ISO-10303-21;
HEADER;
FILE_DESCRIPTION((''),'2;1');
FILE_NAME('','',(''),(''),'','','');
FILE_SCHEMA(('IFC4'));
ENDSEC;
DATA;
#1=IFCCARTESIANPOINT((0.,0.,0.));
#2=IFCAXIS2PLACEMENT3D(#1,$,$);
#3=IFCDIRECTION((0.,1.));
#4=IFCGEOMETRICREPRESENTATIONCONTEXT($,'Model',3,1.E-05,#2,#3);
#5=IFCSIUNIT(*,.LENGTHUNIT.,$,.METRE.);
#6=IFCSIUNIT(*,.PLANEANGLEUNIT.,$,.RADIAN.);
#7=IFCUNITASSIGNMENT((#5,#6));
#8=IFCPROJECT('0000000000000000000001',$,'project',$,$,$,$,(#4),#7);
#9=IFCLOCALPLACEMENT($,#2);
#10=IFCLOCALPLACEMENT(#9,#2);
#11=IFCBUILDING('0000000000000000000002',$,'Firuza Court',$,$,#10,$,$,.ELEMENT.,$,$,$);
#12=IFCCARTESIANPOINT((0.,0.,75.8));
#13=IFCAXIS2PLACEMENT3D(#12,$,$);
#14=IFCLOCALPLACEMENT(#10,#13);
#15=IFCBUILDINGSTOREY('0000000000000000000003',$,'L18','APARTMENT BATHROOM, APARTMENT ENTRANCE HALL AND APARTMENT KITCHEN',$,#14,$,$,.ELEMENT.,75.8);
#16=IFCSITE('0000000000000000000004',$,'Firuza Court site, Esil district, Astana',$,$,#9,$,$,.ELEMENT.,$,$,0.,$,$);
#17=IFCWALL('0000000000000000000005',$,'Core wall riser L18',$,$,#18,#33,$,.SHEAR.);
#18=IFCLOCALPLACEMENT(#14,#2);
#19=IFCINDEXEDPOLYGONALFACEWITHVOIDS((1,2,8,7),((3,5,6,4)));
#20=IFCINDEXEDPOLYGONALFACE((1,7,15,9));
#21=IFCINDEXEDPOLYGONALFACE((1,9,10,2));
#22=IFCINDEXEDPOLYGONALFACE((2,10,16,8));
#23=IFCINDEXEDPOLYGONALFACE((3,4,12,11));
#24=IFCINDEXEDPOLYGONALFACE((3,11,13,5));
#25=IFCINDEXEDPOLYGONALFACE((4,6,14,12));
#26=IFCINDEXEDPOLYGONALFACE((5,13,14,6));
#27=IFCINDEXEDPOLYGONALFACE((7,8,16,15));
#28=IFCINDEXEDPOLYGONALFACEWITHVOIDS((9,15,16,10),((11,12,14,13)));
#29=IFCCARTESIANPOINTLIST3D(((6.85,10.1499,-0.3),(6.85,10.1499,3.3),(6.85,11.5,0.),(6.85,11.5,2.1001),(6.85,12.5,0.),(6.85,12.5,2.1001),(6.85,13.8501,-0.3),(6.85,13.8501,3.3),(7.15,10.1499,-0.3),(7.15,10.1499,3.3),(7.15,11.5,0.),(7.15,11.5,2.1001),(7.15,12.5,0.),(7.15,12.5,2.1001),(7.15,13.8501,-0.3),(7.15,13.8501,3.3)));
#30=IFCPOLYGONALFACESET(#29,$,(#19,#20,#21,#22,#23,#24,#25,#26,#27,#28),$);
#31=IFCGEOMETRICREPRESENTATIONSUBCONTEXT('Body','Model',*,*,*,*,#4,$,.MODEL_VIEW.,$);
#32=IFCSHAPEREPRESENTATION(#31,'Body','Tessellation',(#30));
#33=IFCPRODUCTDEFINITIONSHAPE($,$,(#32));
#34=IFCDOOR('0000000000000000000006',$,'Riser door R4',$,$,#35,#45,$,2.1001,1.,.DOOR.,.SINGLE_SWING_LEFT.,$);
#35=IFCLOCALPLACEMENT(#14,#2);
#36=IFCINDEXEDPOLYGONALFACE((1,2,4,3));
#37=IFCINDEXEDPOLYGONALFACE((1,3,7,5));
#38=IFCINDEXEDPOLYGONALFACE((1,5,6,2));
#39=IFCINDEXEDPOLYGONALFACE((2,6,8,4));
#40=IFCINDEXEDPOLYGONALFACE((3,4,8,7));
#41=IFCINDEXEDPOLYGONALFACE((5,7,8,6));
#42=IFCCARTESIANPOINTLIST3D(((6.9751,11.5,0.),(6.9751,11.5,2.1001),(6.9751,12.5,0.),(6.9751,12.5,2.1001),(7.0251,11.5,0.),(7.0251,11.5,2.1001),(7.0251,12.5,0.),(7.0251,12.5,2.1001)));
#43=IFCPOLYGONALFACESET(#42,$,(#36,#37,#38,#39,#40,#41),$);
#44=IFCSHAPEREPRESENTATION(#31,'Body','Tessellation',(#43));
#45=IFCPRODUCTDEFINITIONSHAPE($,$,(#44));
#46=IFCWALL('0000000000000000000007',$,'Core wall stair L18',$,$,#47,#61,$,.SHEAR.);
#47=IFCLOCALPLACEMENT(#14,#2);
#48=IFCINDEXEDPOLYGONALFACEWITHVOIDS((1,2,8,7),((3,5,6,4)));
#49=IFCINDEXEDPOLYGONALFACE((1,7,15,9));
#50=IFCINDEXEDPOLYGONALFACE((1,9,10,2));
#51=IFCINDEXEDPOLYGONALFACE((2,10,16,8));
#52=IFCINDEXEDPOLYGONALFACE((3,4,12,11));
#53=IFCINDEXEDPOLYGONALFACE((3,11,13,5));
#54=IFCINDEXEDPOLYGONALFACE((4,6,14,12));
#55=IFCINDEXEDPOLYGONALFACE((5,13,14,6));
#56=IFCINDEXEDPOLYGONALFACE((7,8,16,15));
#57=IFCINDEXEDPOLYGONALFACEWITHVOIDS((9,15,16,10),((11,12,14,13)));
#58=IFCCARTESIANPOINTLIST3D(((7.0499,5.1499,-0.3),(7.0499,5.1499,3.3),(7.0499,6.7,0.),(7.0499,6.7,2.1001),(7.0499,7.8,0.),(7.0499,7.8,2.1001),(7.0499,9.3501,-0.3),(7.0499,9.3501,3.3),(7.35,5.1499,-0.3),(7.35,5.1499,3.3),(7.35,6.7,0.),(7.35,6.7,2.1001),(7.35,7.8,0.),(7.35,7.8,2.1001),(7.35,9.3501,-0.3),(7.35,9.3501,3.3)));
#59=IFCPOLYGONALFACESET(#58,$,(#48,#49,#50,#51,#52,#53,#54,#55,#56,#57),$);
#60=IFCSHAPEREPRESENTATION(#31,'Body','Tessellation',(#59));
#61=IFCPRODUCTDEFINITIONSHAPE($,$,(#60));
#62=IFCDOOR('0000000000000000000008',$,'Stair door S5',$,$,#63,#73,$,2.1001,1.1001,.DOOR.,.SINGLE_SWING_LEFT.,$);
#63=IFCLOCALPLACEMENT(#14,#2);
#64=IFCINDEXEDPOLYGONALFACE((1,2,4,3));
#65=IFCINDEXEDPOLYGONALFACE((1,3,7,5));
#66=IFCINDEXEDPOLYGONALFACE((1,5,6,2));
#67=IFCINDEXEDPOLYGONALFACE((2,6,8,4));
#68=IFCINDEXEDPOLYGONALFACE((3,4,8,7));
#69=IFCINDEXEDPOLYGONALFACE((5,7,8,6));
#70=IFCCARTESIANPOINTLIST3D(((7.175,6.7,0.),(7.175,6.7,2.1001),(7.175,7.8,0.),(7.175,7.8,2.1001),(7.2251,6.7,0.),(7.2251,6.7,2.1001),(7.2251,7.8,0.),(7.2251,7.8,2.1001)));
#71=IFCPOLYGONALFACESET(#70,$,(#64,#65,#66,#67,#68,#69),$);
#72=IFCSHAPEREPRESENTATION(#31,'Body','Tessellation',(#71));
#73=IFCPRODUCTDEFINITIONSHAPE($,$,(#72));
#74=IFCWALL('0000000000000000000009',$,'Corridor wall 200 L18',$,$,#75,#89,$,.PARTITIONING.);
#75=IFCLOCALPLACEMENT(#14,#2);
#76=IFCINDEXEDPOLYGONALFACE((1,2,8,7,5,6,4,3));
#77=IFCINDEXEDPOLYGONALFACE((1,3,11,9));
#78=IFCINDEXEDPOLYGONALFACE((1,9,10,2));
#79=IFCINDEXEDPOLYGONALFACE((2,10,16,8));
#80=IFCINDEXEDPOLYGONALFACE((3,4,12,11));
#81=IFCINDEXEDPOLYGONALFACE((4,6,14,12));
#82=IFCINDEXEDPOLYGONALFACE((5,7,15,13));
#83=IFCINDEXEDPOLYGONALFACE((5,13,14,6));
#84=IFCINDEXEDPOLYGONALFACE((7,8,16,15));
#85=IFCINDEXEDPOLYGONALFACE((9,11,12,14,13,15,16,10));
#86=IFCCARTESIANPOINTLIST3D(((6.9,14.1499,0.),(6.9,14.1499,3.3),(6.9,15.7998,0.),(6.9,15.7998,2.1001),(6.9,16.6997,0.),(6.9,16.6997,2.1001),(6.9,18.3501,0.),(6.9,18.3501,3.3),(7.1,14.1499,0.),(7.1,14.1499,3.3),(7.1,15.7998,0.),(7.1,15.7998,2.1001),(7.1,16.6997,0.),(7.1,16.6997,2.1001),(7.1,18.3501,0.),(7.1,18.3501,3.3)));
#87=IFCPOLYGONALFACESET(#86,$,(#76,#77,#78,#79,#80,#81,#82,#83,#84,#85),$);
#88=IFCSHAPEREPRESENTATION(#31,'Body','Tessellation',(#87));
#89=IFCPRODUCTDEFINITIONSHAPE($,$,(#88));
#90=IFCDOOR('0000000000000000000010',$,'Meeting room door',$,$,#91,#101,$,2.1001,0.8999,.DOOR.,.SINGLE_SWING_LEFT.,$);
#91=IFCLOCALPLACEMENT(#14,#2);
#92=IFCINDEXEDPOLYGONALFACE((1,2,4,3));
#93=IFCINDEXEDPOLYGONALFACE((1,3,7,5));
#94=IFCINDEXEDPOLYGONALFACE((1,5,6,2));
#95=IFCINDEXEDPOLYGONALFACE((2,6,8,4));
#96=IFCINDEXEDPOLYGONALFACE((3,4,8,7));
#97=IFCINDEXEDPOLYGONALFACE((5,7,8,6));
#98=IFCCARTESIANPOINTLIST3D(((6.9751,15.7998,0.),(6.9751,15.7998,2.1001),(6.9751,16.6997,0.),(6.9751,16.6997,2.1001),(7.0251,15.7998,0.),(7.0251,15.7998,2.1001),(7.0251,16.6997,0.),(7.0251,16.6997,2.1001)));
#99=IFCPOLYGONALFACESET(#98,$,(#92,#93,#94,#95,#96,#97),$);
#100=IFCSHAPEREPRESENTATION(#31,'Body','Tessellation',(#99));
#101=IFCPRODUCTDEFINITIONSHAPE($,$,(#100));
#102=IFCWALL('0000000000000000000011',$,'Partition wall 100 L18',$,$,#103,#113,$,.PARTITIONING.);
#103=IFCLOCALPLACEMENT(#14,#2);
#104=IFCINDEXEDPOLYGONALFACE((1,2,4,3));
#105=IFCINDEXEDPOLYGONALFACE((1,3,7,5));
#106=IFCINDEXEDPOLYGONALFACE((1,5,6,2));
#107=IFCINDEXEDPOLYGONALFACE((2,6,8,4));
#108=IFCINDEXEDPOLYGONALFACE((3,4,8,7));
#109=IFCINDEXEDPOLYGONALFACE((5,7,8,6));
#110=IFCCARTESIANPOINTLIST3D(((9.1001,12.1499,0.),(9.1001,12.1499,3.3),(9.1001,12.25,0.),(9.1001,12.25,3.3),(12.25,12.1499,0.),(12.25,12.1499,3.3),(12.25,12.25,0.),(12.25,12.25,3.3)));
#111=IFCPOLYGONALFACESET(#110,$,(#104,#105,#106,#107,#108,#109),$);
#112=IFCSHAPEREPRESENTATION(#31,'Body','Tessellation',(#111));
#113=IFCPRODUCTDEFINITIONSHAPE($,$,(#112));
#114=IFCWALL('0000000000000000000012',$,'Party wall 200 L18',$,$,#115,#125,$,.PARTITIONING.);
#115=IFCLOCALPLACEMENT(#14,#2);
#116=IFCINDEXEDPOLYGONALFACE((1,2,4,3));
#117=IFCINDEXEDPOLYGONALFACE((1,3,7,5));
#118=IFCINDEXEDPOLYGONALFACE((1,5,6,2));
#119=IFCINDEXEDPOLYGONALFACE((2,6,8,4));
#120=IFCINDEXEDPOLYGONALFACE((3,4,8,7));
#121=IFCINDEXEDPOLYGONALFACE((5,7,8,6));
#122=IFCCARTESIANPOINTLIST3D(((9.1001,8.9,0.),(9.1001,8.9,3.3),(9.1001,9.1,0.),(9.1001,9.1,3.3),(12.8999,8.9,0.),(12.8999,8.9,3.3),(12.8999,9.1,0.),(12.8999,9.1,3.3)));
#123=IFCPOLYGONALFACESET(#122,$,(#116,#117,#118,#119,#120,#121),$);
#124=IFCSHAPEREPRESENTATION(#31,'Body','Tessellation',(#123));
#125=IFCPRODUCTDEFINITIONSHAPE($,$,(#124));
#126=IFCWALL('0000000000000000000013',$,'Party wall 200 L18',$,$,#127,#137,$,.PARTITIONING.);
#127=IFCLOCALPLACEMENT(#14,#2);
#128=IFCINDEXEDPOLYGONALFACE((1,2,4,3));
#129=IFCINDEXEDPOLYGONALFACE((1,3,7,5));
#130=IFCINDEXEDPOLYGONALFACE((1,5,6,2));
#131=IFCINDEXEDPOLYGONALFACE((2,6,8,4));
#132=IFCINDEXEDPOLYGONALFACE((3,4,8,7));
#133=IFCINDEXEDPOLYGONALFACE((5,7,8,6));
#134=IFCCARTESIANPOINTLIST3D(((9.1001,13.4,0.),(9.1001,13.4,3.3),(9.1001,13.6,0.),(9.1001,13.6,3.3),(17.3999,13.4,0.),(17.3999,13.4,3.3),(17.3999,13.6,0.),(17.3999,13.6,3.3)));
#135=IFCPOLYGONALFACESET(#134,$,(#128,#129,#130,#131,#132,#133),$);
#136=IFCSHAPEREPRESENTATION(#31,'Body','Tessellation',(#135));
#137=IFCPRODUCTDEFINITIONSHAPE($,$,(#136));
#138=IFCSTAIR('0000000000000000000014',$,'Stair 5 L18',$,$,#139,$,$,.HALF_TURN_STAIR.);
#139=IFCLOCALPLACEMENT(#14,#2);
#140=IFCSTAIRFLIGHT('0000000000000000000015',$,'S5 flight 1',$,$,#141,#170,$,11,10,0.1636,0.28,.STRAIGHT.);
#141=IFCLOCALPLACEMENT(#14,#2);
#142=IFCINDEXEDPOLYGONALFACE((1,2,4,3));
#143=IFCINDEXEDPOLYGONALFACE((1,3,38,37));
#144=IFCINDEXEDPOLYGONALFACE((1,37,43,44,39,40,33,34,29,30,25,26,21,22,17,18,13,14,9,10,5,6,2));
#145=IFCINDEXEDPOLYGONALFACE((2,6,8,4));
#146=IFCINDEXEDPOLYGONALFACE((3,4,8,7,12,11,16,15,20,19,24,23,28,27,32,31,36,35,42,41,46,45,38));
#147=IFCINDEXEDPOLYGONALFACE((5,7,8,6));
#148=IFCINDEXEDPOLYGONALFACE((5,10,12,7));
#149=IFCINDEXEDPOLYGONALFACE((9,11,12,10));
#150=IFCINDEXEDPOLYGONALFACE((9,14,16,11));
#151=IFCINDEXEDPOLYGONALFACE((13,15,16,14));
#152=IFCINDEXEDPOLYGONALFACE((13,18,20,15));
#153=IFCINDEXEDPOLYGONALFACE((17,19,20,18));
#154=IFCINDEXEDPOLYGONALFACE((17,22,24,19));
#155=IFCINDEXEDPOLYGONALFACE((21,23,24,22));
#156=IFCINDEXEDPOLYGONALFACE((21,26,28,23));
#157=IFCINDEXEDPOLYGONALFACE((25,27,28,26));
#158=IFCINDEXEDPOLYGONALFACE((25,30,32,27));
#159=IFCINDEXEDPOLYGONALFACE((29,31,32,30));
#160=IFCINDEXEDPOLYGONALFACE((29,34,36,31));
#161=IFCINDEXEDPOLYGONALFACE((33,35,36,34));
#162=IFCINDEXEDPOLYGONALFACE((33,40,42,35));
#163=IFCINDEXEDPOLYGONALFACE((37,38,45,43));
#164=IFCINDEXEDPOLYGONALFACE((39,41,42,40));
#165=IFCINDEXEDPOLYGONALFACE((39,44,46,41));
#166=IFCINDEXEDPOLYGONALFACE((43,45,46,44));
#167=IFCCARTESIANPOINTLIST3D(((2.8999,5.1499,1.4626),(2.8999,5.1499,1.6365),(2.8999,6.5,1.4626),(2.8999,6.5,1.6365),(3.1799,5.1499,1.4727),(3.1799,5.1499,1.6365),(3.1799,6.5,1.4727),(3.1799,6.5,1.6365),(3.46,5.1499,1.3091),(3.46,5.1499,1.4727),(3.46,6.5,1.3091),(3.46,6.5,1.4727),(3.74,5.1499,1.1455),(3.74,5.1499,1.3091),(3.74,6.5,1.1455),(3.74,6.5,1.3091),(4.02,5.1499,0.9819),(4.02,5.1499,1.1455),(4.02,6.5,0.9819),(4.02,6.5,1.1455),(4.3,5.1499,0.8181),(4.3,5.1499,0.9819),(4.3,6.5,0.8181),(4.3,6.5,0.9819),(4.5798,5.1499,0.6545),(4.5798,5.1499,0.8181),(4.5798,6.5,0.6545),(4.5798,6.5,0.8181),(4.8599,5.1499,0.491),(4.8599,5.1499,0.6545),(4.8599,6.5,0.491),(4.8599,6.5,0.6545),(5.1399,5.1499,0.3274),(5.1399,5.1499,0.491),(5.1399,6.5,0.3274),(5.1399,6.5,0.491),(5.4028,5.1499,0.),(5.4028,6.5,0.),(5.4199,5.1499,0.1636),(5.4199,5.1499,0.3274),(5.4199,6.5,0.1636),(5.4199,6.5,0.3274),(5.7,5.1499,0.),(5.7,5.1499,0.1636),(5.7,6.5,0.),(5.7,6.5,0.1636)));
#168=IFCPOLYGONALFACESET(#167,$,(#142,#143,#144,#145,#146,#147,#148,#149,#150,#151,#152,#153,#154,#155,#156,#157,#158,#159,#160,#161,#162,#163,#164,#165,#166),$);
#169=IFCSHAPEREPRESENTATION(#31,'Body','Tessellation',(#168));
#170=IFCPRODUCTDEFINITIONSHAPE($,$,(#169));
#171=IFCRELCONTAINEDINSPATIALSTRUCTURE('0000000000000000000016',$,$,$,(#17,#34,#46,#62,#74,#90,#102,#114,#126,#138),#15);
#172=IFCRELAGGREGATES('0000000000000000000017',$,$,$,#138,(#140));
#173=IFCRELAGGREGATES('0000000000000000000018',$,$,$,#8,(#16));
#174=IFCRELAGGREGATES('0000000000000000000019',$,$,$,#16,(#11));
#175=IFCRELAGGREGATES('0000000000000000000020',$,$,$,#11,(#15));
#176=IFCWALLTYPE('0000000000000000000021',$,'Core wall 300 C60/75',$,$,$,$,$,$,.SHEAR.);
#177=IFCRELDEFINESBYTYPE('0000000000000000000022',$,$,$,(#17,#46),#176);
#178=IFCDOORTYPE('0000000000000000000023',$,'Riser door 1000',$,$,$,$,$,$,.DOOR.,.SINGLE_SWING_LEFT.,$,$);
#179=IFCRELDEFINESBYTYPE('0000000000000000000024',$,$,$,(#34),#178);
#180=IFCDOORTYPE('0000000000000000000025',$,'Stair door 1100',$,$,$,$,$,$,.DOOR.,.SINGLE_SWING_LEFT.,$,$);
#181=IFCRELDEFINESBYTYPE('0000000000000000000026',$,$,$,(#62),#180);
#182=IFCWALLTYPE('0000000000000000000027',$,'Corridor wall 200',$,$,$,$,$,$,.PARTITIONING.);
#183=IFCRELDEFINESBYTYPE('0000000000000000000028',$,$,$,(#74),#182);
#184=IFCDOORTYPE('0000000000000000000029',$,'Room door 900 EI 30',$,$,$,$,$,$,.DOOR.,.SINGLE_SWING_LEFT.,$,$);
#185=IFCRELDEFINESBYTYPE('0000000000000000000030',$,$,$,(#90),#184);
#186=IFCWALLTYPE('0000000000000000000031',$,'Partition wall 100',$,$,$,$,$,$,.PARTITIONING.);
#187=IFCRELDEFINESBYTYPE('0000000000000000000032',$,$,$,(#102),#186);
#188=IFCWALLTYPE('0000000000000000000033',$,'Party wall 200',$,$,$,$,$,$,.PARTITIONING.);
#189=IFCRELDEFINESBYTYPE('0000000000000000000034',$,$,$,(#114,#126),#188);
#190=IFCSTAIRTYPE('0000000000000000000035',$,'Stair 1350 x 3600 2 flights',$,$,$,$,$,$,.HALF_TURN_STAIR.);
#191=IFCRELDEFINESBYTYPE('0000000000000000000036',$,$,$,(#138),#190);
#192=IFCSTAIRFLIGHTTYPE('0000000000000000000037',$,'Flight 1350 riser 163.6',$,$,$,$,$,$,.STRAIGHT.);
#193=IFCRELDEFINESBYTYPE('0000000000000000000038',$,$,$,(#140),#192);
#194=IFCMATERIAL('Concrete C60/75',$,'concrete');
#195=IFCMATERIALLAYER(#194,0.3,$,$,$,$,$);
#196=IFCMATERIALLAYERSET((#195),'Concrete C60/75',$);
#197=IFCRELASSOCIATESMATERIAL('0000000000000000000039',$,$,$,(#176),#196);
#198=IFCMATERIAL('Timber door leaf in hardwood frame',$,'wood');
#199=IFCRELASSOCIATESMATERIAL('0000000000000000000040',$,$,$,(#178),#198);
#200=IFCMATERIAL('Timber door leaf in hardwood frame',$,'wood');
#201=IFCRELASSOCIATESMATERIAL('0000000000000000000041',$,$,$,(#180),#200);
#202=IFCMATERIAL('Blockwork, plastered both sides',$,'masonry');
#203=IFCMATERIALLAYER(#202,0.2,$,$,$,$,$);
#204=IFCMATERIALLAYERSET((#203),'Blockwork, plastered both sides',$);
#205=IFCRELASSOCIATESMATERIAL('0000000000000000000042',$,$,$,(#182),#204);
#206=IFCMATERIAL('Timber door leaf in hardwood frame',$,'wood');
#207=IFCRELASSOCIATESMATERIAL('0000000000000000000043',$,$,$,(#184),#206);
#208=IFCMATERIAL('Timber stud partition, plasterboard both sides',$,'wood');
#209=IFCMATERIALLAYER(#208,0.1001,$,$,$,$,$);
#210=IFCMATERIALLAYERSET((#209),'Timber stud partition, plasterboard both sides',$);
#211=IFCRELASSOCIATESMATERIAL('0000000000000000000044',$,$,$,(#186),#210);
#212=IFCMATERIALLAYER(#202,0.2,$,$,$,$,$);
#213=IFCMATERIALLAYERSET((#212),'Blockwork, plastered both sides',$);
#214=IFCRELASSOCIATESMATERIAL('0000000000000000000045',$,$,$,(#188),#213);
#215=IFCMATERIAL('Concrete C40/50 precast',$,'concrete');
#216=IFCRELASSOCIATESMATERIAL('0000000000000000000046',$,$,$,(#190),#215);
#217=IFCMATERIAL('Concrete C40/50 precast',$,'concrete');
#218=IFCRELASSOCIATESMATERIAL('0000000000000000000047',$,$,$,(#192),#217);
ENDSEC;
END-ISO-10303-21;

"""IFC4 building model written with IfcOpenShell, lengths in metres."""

from ifc_helpers import new_model, si_unit, direction, frame, frame_2d, origin, place, context, subcontext, project, spatial, polyline, rectangle, outline, extrude, material, layer, layer_set, type_object, element, fill, aggregate, save


model = new_model("IFC4")

# Units and contexts
model_context = context("Model", 3, precision=1e-05, world=origin(), true_north=direction((0.0, 1.0)))
body_context = subcontext(model_context, "Body", "Model", "MODEL_VIEW")
ifc_project = project(units=[si_unit("LENGTHUNIT", "METRE"), si_unit("PLANEANGLEUNIT", "RADIAN")], contexts=[model_context])

# Site, building, storey
site_placement = place(None, origin())
site = spatial("IfcSite", under=ifc_project, at=site_placement, Name="Firuza Court site, Esil district, Astana", CompositionType="ELEMENT", RefElevation=0.0)
building_placement = place(site_placement, origin())
building = spatial("IfcBuilding", under=site, at=building_placement, Name="Firuza Court", CompositionType="ELEMENT")
storey_placement = place(building_placement, frame((0.0, 0.0, 75.8)))
storey = spatial("IfcBuildingStorey", under=building, at=storey_placement, Name="L18", Description="APARTMENT BATHROOM, APARTMENT ENTRANCE HALL AND APARTMENT KITCHEN", CompositionType="ELEMENT", Elevation=75.8)

# Shared definitions
ifc_material_1 = material(Name="Concrete C60/75", Category="concrete")
ifc_layer_1 = layer(ifc_material_1, 0.3)
ifc_layer_set_1 = layer_set([ifc_layer_1], Name="Concrete C60/75")
wall_type_1 = type_object("IfcWallType", Name="Core wall 300 C60/75", PredefinedType="SHEAR", material=ifc_layer_set_1)

# Walls, openings, doors
wall_1_placement = place(storey_placement, frame((7.0, 10.1499, -0.3), z_axis=(0.0, 0.0, 1.0), x_axis=(0.0, 1.0, 0.0)))
wall_1 = element("IfcWall", 1, at=wall_1_placement, inside=storey, type_object=wall_type_1, Name="Core wall riser L18", PredefinedType="SHEAR", context=body_context, shape_type="SweptSolid", body=[
    extrude(rectangle(XDim=3.7002, YDim=0.3, at=frame_2d((1.8501, 0.0))), origin(), (0.0, 0.0, 1.0), 3.6001),
])
opening_1_placement = place(wall_1_placement, frame((1.3501, 0.0, 0.3)))
opening_1 = element("IfcOpeningElement", 2, at=opening_1_placement, cuts=wall_1, PredefinedType="OPENING", context=body_context, shape_type="SweptSolid", body=[
    extrude(rectangle(XDim=1.0, YDim=2.1001, at=frame_2d((0.5, 1.05))), frame((0.0, 0.1621, 0.0), z_axis=(0.0, -1.0, 0.0), x_axis=(1.0, 0.0, 0.0)), (0.0, 0.0, 1.0), 0.324),
])
ifc_material_2 = material(Name="Timber door leaf in hardwood frame", Category="wood")
door_type_1 = type_object("IfcDoorType", Name="Riser door 1000", OperationType="SINGLE_SWING_LEFT", PredefinedType="DOOR", material=ifc_material_2)
door_1_placement = place(opening_1_placement, origin())
door_1 = element("IfcDoor", 3, at=door_1_placement, inside=storey, type_object=door_type_1, Name="Riser door R4", OperationType="SINGLE_SWING_LEFT", OverallHeight=2.1001, OverallWidth=1.0, PredefinedType="DOOR", context=body_context, shape_type="SweptSolid", body=[
    extrude(rectangle(XDim=1.0, YDim=2.1001, at=frame_2d((0.5, 1.05))), frame((0.0, 0.0249, 0.0), z_axis=(0.0, -1.0, 0.0), x_axis=(1.0, 0.0, 0.0)), (0.0, 0.0, 1.0), 0.05),
])
fill(opening_1, door_1)
wall_2_placement = place(storey_placement, frame((7.2, 5.1499, -0.3), z_axis=(0.0, 0.0, 1.0), x_axis=(0.0, 1.0, 0.0)))
wall_2 = element("IfcWall", 4, at=wall_2_placement, inside=storey, type_object=wall_type_1, Name="Core wall stair L18", PredefinedType="SHEAR", context=body_context, shape_type="SweptSolid", body=[
    extrude(rectangle(XDim=4.2002, YDim=0.3, at=frame_2d((2.1001, 0.0))), origin(), (0.0, 0.0, 1.0), 3.6001),
])
opening_2_placement = place(wall_2_placement, frame((1.55, 0.0, 0.3)))
opening_2 = element("IfcOpeningElement", 5, at=opening_2_placement, cuts=wall_2, PredefinedType="OPENING", context=body_context, shape_type="SweptSolid", body=[
    extrude(rectangle(XDim=1.1001, YDim=2.1001, at=frame_2d((0.55, 1.05))), frame((0.0, 0.1621, 0.0), z_axis=(0.0, -1.0, 0.0), x_axis=(1.0, 0.0, 0.0)), (0.0, 0.0, 1.0), 0.324),
])
ifc_material_3 = material(Name="Timber door leaf in hardwood frame", Category="wood")
door_type_2 = type_object("IfcDoorType", Name="Stair door 1100", OperationType="SINGLE_SWING_LEFT", PredefinedType="DOOR", material=ifc_material_3)
door_2_placement = place(opening_2_placement, origin())
door_2 = element("IfcDoor", 6, at=door_2_placement, inside=storey, type_object=door_type_2, Name="Stair door S5", OperationType="SINGLE_SWING_LEFT", OverallHeight=2.1001, OverallWidth=1.1001, PredefinedType="DOOR", context=body_context, shape_type="SweptSolid", body=[
    extrude(rectangle(XDim=1.1001, YDim=2.1001, at=frame_2d((0.55, 1.05))), frame((0.0, 0.0249, 0.0), z_axis=(0.0, -1.0, 0.0), x_axis=(1.0, 0.0, 0.0)), (0.0, 0.0, 1.0), 0.05),
])
fill(opening_2, door_2)
ifc_material_4 = material(Name="Blockwork, plastered both sides", Category="masonry")
ifc_layer_2 = layer(ifc_material_4, 0.2)
ifc_layer_set_2 = layer_set([ifc_layer_2], Name="Blockwork, plastered both sides")
wall_type_2 = type_object("IfcWallType", Name="Corridor wall 200", PredefinedType="PARTITIONING", material=ifc_layer_set_2)
wall_3_placement = place(storey_placement, frame((7.0, 14.1499, 0.0), z_axis=(0.0, 0.0, 1.0), x_axis=(0.0, 1.0, 0.0)))
wall_3 = element("IfcWall", 7, at=wall_3_placement, inside=storey, type_object=wall_type_2, Name="Corridor wall 200 L18", PredefinedType="PARTITIONING", context=body_context, shape_type="SweptSolid", body=[
    extrude(rectangle(XDim=4.2002, YDim=0.2, at=frame_2d((2.1001, 0.0))), origin(), (0.0, 0.0, 1.0), 3.3),
])
opening_3_placement = place(wall_3_placement, frame((1.6499, 0.0, 0.0)))
opening_3 = element("IfcOpeningElement", 8, at=opening_3_placement, cuts=wall_3, PredefinedType="OPENING", context=body_context, shape_type="SweptSolid", body=[
    extrude(rectangle(XDim=0.8999, YDim=2.1001, at=frame_2d((0.45, 1.05))), frame((0.0, 0.1118, 0.0), z_axis=(0.0, -1.0, 0.0), x_axis=(1.0, 0.0, 0.0)), (0.0, 0.0, 1.0), 0.2239),
])
ifc_material_5 = material(Name="Timber door leaf in hardwood frame", Category="wood")
door_type_3 = type_object("IfcDoorType", Name="Room door 900 EI 30", OperationType="SINGLE_SWING_LEFT", PredefinedType="DOOR", material=ifc_material_5)
door_3_placement = place(opening_3_placement, origin())
door_3 = element("IfcDoor", 9, at=door_3_placement, inside=storey, type_object=door_type_3, Name="Meeting room door", OperationType="SINGLE_SWING_LEFT", OverallHeight=2.1001, OverallWidth=0.8999, PredefinedType="DOOR", context=body_context, shape_type="SweptSolid", body=[
    extrude(rectangle(XDim=0.8999, YDim=2.1001, at=frame_2d((0.45, 1.05))), frame((0.0, 0.0249, 0.0), z_axis=(0.0, -1.0, 0.0), x_axis=(1.0, 0.0, 0.0)), (0.0, 0.0, 1.0), 0.05),
])
fill(opening_3, door_3)

# Walls
ifc_material_6 = material(Name="Timber stud partition, plasterboard both sides", Category="wood")
ifc_layer_3 = layer(ifc_material_6, 0.1001)
ifc_layer_set_3 = layer_set([ifc_layer_3], Name="Timber stud partition, plasterboard both sides")
wall_type_3 = type_object("IfcWallType", Name="Partition wall 100", PredefinedType="PARTITIONING", material=ifc_layer_set_3)
wall_4_placement = place(storey_placement, frame((9.1001, 12.2, 0.0), z_axis=(0.0, 0.0, 1.0), x_axis=(1.0, 0.0, 0.0)))
element("IfcWall", 10, at=wall_4_placement, inside=storey, type_object=wall_type_3, Name="Partition wall 100 L18", PredefinedType="PARTITIONING", context=body_context, shape_type="SweptSolid", body=[
    extrude(rectangle(XDim=3.1499, YDim=0.1001, at=frame_2d((1.575, 0.0))), origin(), (0.0, 0.0, 1.0), 3.3),
])
ifc_layer_4 = layer(ifc_material_4, 0.2)
ifc_layer_set_4 = layer_set([ifc_layer_4], Name="Blockwork, plastered both sides")
wall_type_4 = type_object("IfcWallType", Name="Party wall 200", PredefinedType="PARTITIONING", material=ifc_layer_set_4)
wall_5_placement = place(storey_placement, frame((9.1001, 9.0, 0.0), z_axis=(0.0, 0.0, 1.0), x_axis=(1.0, 0.0, 0.0)))
element("IfcWall", 11, at=wall_5_placement, inside=storey, type_object=wall_type_4, Name="Party wall 200 L18", PredefinedType="PARTITIONING", context=body_context, shape_type="SweptSolid", body=[
    extrude(rectangle(XDim=3.7998, YDim=0.2, at=frame_2d((1.8999, 0.0))), origin(), (0.0, 0.0, 1.0), 3.3),
])
wall_6_placement = place(storey_placement, frame((9.1001, 13.5, 0.0), z_axis=(0.0, 0.0, 1.0), x_axis=(1.0, 0.0, 0.0)))
element("IfcWall", 12, at=wall_6_placement, inside=storey, type_object=wall_type_4, Name="Party wall 200 L18", PredefinedType="PARTITIONING", context=body_context, shape_type="SweptSolid", body=[
    extrude(rectangle(XDim=8.2998, YDim=0.2, at=frame_2d((4.1499, 0.0))), origin(), (0.0, 0.0, 1.0), 3.3),
])

# Stair, stair flight
ifc_material_7 = material(Name="Concrete C40/50 precast", Category="concrete")
stair_type = type_object("IfcStairType", Name="Stair 1350 x 3600 2 flights", PredefinedType="HALF_TURN_STAIR", material=ifc_material_7)
stair_placement = place(storey_placement, origin())
stair = element("IfcStair", 13, at=stair_placement, inside=storey, type_object=stair_type, Name="Stair 5 L18", PredefinedType="HALF_TURN_STAIR")
ifc_material_8 = material(Name="Concrete C40/50 precast", Category="concrete")
stair_flight_type = type_object("IfcStairFlightType", Name="Flight 1350 riser 163.6", PredefinedType="STRAIGHT", material=ifc_material_8)
stair_flight_1_placement = place(storey_placement, frame((5.7, 5.825, 0.0), z_axis=(0.0, 0.0, 1.0), x_axis=(-1.0, 0.0, 0.0)))
stair_flight_1 = element("IfcStairFlight", 14, at=stair_flight_1_placement, type_object=stair_flight_type, Name="S5 flight 1", NumberOfRisers=11, NumberOfTreads=10, PredefinedType="STRAIGHT", RiserHeight=0.1636, TreadLength=0.28, context=body_context, shape_type="SweptSolid", body=[
    extrude(outline(polyline([(0.0, 0.0), (0.0, 0.1636), (0.28, 0.1636), (0.28, 0.3274), (0.5601, 0.3274), (0.5601, 0.491), (0.8401, 0.491), (0.8401, 0.6545), (1.1201, 0.6545), (1.1201, 0.8181), (1.3999, 0.8181), (1.3999, 0.9819), (1.6799, 0.9819), (1.6799, 1.1455), (1.96, 1.1455), (1.96, 1.3091), (2.24, 1.3091), (2.24, 1.4727), (2.52, 1.4727), (2.52, 1.6365), (2.8, 1.6365), (2.8, 1.8), (2.8, 1.4626), (0.2971, 0.0), (0.0, 0.0)])), frame((0.0, 0.675, 0.0), z_axis=(0.0, -1.0, 0.0), x_axis=(1.0, 0.0, 0.0)), (0.0, 0.0, 1.0), 1.3501),
])
aggregate(stair, [stair_flight_1])

save(model, "model.ifc")
